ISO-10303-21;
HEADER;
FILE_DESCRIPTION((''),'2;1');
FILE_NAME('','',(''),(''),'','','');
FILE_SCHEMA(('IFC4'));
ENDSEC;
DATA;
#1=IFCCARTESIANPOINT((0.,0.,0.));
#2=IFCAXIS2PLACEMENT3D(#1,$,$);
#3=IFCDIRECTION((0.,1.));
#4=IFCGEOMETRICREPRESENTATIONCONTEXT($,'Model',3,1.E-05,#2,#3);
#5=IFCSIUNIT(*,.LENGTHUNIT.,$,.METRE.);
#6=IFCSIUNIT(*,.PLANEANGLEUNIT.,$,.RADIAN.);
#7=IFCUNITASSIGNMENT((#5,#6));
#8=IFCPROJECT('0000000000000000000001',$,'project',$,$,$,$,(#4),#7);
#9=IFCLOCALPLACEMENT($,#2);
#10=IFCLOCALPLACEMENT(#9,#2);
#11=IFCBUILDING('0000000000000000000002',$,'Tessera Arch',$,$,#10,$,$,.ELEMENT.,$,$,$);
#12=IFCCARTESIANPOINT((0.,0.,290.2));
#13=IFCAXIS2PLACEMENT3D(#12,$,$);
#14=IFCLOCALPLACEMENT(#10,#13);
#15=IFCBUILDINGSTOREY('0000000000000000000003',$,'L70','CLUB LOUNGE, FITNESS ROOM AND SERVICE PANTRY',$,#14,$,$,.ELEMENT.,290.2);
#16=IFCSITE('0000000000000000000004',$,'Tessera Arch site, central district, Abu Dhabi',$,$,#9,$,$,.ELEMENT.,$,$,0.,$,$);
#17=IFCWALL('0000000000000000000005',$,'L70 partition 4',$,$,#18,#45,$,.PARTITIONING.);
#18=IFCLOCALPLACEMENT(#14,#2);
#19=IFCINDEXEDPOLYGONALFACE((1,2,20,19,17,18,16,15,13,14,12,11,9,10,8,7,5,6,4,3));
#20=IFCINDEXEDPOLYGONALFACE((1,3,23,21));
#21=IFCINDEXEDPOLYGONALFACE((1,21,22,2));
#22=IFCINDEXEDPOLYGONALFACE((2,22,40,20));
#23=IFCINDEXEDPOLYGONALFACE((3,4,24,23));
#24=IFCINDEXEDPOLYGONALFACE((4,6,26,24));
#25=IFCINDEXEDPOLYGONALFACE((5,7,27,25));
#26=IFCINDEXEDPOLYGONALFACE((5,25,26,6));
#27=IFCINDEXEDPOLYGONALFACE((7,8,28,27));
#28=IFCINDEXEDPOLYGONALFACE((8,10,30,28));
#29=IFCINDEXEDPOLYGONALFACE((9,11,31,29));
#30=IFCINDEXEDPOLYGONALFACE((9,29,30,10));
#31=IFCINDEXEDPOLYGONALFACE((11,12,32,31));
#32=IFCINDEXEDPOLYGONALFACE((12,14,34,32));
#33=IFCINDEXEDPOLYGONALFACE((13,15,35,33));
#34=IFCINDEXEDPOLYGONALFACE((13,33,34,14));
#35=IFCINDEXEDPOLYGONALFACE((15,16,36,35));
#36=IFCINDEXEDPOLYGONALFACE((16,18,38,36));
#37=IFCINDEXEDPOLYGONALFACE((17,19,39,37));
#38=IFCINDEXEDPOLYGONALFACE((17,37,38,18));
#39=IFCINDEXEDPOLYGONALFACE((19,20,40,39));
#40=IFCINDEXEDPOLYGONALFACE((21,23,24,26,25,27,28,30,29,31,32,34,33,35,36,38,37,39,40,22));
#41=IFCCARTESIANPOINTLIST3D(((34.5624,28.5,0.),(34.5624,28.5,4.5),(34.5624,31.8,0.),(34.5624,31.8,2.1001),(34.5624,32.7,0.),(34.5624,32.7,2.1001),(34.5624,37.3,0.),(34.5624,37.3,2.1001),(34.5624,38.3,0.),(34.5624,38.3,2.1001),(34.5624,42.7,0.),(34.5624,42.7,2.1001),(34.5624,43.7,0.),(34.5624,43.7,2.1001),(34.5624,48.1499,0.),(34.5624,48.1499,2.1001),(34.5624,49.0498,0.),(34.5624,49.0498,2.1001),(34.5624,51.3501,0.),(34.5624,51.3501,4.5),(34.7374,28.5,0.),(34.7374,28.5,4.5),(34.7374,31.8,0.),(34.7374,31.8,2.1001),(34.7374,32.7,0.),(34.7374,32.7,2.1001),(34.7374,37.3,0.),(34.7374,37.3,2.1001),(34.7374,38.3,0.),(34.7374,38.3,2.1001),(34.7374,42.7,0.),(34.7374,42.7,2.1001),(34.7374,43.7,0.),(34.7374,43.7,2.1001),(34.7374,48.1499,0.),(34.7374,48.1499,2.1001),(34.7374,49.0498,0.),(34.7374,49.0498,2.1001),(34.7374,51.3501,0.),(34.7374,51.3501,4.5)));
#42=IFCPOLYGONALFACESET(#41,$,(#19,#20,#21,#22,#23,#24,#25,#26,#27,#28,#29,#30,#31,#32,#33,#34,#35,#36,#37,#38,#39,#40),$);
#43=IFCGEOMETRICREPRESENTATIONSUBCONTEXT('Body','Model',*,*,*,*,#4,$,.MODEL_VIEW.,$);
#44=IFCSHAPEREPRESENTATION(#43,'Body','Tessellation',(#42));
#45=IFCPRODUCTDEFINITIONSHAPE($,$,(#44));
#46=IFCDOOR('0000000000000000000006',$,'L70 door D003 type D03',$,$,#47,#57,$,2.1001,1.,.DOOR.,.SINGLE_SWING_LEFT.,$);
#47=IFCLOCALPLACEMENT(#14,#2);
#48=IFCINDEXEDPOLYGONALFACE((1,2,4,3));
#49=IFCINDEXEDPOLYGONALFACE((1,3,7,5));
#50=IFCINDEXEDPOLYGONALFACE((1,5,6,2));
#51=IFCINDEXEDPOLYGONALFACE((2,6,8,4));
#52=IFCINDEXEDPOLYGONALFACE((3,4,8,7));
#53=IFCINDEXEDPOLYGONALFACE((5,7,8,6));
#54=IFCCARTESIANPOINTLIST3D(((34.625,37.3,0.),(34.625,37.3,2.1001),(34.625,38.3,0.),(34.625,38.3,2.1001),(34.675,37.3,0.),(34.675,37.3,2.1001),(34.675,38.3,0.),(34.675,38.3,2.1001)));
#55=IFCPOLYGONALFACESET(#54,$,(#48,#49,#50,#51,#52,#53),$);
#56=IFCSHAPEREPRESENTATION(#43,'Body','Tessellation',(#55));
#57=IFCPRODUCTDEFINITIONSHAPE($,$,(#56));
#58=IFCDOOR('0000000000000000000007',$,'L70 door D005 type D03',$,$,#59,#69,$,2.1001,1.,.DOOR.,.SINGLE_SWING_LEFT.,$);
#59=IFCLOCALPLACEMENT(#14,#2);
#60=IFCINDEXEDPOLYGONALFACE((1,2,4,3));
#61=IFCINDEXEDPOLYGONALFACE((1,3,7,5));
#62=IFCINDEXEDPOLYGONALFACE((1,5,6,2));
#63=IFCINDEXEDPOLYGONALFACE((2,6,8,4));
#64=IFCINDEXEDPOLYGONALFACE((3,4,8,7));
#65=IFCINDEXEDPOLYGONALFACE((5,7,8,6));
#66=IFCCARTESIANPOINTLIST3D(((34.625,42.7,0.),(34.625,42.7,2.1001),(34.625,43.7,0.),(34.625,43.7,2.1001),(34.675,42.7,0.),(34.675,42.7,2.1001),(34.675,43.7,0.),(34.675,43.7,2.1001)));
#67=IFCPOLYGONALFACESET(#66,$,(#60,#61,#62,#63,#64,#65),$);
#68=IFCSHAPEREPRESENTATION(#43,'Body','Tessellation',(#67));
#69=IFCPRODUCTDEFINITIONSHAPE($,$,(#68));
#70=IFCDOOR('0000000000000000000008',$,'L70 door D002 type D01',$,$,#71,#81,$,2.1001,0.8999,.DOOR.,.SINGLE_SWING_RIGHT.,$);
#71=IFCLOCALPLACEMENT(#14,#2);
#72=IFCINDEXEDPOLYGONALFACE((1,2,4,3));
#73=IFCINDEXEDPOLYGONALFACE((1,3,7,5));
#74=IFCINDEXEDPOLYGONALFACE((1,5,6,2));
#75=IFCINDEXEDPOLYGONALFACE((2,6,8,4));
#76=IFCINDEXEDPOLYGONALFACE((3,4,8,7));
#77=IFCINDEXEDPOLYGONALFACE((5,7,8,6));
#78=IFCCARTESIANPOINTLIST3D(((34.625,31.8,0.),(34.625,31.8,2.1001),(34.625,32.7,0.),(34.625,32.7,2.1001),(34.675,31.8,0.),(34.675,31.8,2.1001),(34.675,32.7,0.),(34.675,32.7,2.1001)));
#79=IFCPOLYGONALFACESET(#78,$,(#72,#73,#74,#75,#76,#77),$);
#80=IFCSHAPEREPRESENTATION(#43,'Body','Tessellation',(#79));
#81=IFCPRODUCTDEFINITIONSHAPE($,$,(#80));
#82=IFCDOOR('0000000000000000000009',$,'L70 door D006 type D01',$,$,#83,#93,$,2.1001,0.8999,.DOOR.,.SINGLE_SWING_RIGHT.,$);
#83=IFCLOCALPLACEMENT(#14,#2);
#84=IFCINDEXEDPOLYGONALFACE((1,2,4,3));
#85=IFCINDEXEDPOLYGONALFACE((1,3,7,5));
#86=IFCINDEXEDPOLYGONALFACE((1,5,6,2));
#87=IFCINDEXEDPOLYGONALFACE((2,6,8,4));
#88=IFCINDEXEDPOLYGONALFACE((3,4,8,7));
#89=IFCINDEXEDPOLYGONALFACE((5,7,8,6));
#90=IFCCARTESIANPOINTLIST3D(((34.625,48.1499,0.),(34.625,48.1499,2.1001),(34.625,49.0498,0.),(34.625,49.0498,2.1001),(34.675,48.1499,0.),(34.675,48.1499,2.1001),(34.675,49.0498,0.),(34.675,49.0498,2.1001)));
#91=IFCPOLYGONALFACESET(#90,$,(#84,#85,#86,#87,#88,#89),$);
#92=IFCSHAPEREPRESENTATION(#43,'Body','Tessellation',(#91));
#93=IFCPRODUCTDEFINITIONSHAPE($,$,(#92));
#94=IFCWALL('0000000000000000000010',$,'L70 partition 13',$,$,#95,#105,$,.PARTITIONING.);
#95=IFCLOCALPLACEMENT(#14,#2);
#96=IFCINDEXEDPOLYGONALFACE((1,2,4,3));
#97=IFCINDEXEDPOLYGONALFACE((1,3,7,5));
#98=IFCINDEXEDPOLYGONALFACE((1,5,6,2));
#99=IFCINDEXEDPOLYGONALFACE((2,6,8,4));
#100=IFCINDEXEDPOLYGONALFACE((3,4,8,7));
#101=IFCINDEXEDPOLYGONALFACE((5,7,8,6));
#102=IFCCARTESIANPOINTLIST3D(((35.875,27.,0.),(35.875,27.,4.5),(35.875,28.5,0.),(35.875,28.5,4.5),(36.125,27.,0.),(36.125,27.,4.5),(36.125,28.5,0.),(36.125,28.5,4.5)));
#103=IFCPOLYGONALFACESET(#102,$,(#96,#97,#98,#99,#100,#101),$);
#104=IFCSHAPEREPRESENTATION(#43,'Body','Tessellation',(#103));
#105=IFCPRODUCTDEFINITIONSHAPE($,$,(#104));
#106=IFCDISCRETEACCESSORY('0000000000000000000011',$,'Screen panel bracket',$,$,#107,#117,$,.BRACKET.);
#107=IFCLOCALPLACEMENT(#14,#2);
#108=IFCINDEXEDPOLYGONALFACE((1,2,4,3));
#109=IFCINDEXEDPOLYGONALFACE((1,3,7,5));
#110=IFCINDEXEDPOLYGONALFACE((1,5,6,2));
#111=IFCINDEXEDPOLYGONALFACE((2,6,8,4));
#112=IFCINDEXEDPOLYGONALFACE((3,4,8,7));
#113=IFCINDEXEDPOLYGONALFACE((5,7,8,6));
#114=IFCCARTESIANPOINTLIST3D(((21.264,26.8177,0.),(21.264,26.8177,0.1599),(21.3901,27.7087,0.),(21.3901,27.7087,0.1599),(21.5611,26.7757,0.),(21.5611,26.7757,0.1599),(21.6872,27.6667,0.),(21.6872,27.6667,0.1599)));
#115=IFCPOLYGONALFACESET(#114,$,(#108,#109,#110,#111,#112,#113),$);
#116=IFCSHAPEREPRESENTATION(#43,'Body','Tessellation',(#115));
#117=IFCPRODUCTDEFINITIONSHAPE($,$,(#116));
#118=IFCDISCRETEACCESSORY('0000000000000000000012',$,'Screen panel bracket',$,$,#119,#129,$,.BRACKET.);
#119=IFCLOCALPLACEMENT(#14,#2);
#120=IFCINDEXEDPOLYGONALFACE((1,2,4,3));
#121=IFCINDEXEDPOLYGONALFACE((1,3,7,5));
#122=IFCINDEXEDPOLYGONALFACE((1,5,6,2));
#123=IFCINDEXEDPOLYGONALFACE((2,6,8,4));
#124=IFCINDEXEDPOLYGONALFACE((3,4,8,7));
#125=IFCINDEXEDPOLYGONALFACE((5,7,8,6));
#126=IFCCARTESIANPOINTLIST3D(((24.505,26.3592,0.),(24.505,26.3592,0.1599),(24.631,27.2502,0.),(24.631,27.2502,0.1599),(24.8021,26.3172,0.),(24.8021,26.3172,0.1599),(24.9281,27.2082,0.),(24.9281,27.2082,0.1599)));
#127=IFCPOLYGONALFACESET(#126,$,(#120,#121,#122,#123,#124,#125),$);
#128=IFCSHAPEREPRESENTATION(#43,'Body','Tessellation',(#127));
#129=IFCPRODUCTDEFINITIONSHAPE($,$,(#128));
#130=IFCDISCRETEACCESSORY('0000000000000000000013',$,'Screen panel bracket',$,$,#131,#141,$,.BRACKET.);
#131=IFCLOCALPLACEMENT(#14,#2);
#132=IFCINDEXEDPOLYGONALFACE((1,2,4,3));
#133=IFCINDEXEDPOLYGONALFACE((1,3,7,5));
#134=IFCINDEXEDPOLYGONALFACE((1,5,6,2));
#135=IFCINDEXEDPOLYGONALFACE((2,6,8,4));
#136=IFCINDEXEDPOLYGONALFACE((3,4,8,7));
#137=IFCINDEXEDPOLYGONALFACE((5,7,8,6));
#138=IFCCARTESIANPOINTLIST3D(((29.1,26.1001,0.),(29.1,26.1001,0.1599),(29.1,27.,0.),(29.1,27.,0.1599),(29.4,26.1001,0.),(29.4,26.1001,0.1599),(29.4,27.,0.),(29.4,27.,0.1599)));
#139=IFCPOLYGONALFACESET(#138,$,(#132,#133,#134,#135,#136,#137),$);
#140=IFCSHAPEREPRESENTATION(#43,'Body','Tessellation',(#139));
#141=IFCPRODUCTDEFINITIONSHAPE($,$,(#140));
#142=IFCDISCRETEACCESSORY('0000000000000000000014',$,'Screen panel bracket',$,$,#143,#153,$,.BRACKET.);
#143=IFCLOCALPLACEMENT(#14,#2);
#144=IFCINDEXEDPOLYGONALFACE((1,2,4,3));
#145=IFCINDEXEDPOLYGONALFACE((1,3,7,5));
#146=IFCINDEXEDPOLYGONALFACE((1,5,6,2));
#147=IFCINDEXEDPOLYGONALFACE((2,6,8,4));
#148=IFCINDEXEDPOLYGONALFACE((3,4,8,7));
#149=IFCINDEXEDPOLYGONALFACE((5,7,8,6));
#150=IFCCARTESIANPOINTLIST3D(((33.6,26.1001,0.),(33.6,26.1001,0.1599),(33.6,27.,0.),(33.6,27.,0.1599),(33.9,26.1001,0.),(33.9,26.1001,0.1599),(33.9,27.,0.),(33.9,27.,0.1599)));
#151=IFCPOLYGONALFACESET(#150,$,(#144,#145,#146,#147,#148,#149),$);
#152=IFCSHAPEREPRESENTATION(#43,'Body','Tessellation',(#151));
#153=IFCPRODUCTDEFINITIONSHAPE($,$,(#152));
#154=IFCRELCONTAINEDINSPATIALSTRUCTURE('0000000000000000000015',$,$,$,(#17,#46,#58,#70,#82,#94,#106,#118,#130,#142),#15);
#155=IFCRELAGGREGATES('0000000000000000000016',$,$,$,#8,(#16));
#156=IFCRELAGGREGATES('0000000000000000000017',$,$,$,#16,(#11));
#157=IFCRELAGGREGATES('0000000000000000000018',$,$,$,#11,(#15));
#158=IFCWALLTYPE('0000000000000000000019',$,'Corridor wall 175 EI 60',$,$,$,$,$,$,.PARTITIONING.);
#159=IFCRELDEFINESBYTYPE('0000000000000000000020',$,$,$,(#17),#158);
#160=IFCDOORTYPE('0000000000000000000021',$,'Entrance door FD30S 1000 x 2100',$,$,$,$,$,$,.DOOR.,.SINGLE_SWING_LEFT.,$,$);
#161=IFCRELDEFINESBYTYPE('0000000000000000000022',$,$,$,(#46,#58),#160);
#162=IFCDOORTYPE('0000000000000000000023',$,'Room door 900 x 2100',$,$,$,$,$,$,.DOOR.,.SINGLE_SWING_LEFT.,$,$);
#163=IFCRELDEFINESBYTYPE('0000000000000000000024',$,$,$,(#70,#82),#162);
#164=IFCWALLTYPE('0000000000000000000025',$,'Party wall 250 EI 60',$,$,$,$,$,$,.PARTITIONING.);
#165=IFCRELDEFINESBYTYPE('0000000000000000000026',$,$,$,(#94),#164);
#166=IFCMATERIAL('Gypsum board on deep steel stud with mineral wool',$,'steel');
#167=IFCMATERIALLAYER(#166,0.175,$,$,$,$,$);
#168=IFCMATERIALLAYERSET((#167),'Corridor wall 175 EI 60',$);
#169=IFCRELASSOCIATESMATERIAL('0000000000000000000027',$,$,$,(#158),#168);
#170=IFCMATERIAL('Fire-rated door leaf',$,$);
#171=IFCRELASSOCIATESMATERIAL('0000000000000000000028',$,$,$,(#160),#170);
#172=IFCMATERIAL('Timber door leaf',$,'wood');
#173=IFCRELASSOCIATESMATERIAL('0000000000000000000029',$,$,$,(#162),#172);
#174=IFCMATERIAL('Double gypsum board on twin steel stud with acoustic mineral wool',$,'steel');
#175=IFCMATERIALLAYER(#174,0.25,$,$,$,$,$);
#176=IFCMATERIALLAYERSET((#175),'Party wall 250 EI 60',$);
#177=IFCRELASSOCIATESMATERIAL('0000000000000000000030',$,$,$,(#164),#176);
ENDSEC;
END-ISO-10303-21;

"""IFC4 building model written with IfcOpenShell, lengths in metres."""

from ifc_helpers import new_model, si_unit, direction, frame, frame_2d, origin, origin_2d, place, context, subcontext, project, spatial, rectangle, extrude, material, layer, layer_set, type_object, element, fill, save


model = new_model("IFC4")

# Units and contexts
model_context = context("Model", 3, precision=1e-05, world=origin(), true_north=direction((0.0, 1.0)))
body_context = subcontext(model_context, "Body", "Model", "MODEL_VIEW")
ifc_project = project(units=[si_unit("LENGTHUNIT", "METRE"), si_unit("PLANEANGLEUNIT", "RADIAN")], contexts=[model_context])

# Site, building, storey
site_placement = place(None, origin())
site = spatial("IfcSite", under=ifc_project, at=site_placement, Name="Tessera Arch site, central district, Abu Dhabi", CompositionType="ELEMENT", RefElevation=0.0)
building_placement = place(site_placement, origin())
building = spatial("IfcBuilding", under=site, at=building_placement, Name="Tessera Arch", CompositionType="ELEMENT")
storey_placement = place(building_placement, frame((0.0, 0.0, 290.2)))
storey = spatial("IfcBuildingStorey", under=building, at=storey_placement, Name="L70", Description="CLUB LOUNGE, FITNESS ROOM AND SERVICE PANTRY", CompositionType="ELEMENT", Elevation=290.2)

# Shared definitions
ifc_material_1 = material(Name="Gypsum board on deep steel stud with mineral wool", Category="steel")
ifc_layer_1 = layer(ifc_material_1, 0.175)
ifc_layer_set_1 = layer_set([ifc_layer_1], Name="Corridor wall 175 EI 60")
wall_type_1 = type_object("IfcWallType", Name="Corridor wall 175 EI 60", PredefinedType="PARTITIONING", material=ifc_layer_set_1)

# Wall, openings, doors
wall_1_placement = place(storey_placement, frame((34.6499, 28.5, 0.0), z_axis=(0.0, 0.0, 1.0), x_axis=(0.0, 1.0, 0.0)))
wall_1 = element("IfcWall", 1, at=wall_1_placement, inside=storey, type_object=wall_type_1, Name="L70 partition 4", PredefinedType="PARTITIONING", context=body_context, shape_type="SweptSolid", body=[
    extrude(rectangle(XDim=22.8501, YDim=0.175, at=frame_2d((11.425, 0.0))), origin(), (0.0, 0.0, 1.0), 4.5),
])
opening_1_placement = place(wall_1_placement, frame((3.3, 0.0, 0.0)))
opening_1 = element("IfcOpeningElement", 2, at=opening_1_placement, cuts=wall_1, PredefinedType="OPENING", context=body_context, shape_type="SweptSolid", body=[
    extrude(rectangle(XDim=0.8999, YDim=2.1001, at=frame_2d((0.45, 1.05))), frame((0.0, 0.0974, 0.0), z_axis=(0.0, -1.0, 0.0), x_axis=(1.0, 0.0, 0.0)), (0.0, 0.0, 1.0), 0.1951),
])
opening_2_placement = place(wall_1_placement, frame((8.8, 0.0, 0.0)))
opening_2 = element("IfcOpeningElement", 3, at=opening_2_placement, cuts=wall_1, PredefinedType="OPENING", context=body_context, shape_type="SweptSolid", body=[
    extrude(rectangle(XDim=1.0, YDim=2.1001, at=frame_2d((0.5, 1.05))), frame((0.0, 0.0974, 0.0), z_axis=(0.0, -1.0, 0.0), x_axis=(1.0, 0.0, 0.0)), (0.0, 0.0, 1.0), 0.1951),
])
opening_3_placement = place(wall_1_placement, frame((14.2, 0.0, 0.0)))
opening_3 = element("IfcOpeningElement", 4, at=opening_3_placement, cuts=wall_1, PredefinedType="OPENING", context=body_context, shape_type="SweptSolid", body=[
    extrude(rectangle(XDim=1.0, YDim=2.1001, at=frame_2d((0.5, 1.05))), frame((0.0, 0.0974, 0.0), z_axis=(0.0, -1.0, 0.0), x_axis=(1.0, 0.0, 0.0)), (0.0, 0.0, 1.0), 0.1951),
])
opening_4_placement = place(wall_1_placement, frame((19.6499, 0.0, 0.0)))
opening_4 = element("IfcOpeningElement", 5, at=opening_4_placement, cuts=wall_1, PredefinedType="OPENING", context=body_context, shape_type="SweptSolid", body=[
    extrude(rectangle(XDim=0.8999, YDim=2.1001, at=frame_2d((0.45, 1.05))), frame((0.0, 0.0974, 0.0), z_axis=(0.0, -1.0, 0.0), x_axis=(1.0, 0.0, 0.0)), (0.0, 0.0, 1.0), 0.1951),
])
ifc_material_2 = material(Name="Fire-rated door leaf")
door_type_1 = type_object("IfcDoorType", Name="Entrance door FD30S 1000 x 2100", OperationType="SINGLE_SWING_LEFT", PredefinedType="DOOR", material=ifc_material_2)
door_1_placement = place(opening_2_placement, origin())
door_1 = element("IfcDoor", 6, at=door_1_placement, inside=storey, type_object=door_type_1, Name="L70 door D003 type D03", OperationType="SINGLE_SWING_LEFT", OverallHeight=2.1001, OverallWidth=1.0, PredefinedType="DOOR", context=body_context, shape_type="SweptSolid", body=[
    extrude(rectangle(XDim=1.0, YDim=2.1001, at=frame_2d((0.5, 1.05))), frame((0.0, 0.0249, 0.0), z_axis=(0.0, -1.0, 0.0), x_axis=(1.0, 0.0, 0.0)), (0.0, 0.0, 1.0), 0.05),
])
fill(opening_2, door_1)
door_2_placement = place(opening_3_placement, origin())
door_2 = element("IfcDoor", 7, at=door_2_placement, inside=storey, type_object=door_type_1, Name="L70 door D005 type D03", OperationType="SINGLE_SWING_LEFT", OverallHeight=2.1001, OverallWidth=1.0, PredefinedType="DOOR", context=body_context, shape_type="SweptSolid", body=[
    extrude(rectangle(XDim=1.0, YDim=2.1001, at=frame_2d((0.5, 1.05))), frame((0.0, 0.0249, 0.0), z_axis=(0.0, -1.0, 0.0), x_axis=(1.0, 0.0, 0.0)), (0.0, 0.0, 1.0), 0.05),
])
fill(opening_3, door_2)
ifc_material_3 = material(Name="Timber door leaf", Category="wood")
door_type_2 = type_object("IfcDoorType", Name="Room door 900 x 2100", OperationType="SINGLE_SWING_LEFT", PredefinedType="DOOR", material=ifc_material_3)
door_3_placement = place(opening_1_placement, origin())
door_3 = element("IfcDoor", 8, at=door_3_placement, inside=storey, type_object=door_type_2, Name="L70 door D002 type D01", OperationType="SINGLE_SWING_RIGHT", OverallHeight=2.1001, OverallWidth=0.8999, PredefinedType="DOOR", context=body_context, shape_type="SweptSolid", body=[
    extrude(rectangle(XDim=0.8999, YDim=2.1001, at=frame_2d((0.45, 1.05))), frame((0.0, 0.0249, 0.0), z_axis=(0.0, -1.0, 0.0), x_axis=(1.0, 0.0, 0.0)), (0.0, 0.0, 1.0), 0.05),
])
fill(opening_1, door_3)
door_4_placement = place(opening_4_placement, origin())
door_4 = element("IfcDoor", 9, at=door_4_placement, inside=storey, type_object=door_type_2, Name="L70 door D006 type D01", OperationType="SINGLE_SWING_RIGHT", OverallHeight=2.1001, OverallWidth=0.8999, PredefinedType="DOOR", context=body_context, shape_type="SweptSolid", body=[
    extrude(rectangle(XDim=0.8999, YDim=2.1001, at=frame_2d((0.45, 1.05))), frame((0.0, 0.0249, 0.0), z_axis=(0.0, -1.0, 0.0), x_axis=(1.0, 0.0, 0.0)), (0.0, 0.0, 1.0), 0.05),
])
fill(opening_4, door_4)

# Wall
ifc_material_4 = material(Name="Double gypsum board on twin steel stud with acoustic mineral wool", Category="steel")
ifc_layer_2 = layer(ifc_material_4, 0.25)
ifc_layer_set_2 = layer_set([ifc_layer_2], Name="Party wall 250 EI 60")
wall_type_2 = type_object("IfcWallType", Name="Party wall 250 EI 60", PredefinedType="PARTITIONING", material=ifc_layer_set_2)
wall_2_placement = place(storey_placement, frame((36.0, 27.0, 0.0), z_axis=(0.0, 0.0, 1.0), x_axis=(0.0, 1.0, 0.0)))
element("IfcWall", 10, at=wall_2_placement, inside=storey, type_object=wall_type_2, Name="L70 partition 13", PredefinedType="PARTITIONING", context=body_context, shape_type="SweptSolid", body=[
    extrude(rectangle(XDim=1.5, YDim=0.25, at=frame_2d((0.75, 0.0))), origin(), (0.0, 0.0, 1.0), 4.5),
])

# Discrete accessories
for number, where, z_axis, x_axis, name in (
    (11, (21.4756, 27.2422, 0.0), (0.0, 0.0, 1.0), (-0.140089, -0.990139, 0.0), "Screen panel bracket"),
    (12, (24.7166, 26.7837, 0.0), (0.0, 0.0, 1.0), (-0.140089, -0.990139, 0.0), "Screen panel bracket"),
    (13, (29.25, 26.55, 0.0), (0.0, 0.0, 1.0), (0.0, -1.0, 0.0), "Screen panel bracket"),
    (14, (33.75, 26.55, 0.0), (0.0, 0.0, 1.0), (0.0, -1.0, 0.0), "Screen panel bracket"),
):
    element("IfcDiscreteAccessory", number, at=place(storey_placement, frame(where, z_axis=z_axis, x_axis=x_axis)), inside=storey, Name=name, PredefinedType="BRACKET", context=body_context, shape_type="SweptSolid", body=[
        extrude(rectangle(XDim=0.8999, YDim=0.3, at=origin_2d()), origin(), (0.0, 0.0, 1.0), 0.1599),
    ])

save(model, "model.ifc")
